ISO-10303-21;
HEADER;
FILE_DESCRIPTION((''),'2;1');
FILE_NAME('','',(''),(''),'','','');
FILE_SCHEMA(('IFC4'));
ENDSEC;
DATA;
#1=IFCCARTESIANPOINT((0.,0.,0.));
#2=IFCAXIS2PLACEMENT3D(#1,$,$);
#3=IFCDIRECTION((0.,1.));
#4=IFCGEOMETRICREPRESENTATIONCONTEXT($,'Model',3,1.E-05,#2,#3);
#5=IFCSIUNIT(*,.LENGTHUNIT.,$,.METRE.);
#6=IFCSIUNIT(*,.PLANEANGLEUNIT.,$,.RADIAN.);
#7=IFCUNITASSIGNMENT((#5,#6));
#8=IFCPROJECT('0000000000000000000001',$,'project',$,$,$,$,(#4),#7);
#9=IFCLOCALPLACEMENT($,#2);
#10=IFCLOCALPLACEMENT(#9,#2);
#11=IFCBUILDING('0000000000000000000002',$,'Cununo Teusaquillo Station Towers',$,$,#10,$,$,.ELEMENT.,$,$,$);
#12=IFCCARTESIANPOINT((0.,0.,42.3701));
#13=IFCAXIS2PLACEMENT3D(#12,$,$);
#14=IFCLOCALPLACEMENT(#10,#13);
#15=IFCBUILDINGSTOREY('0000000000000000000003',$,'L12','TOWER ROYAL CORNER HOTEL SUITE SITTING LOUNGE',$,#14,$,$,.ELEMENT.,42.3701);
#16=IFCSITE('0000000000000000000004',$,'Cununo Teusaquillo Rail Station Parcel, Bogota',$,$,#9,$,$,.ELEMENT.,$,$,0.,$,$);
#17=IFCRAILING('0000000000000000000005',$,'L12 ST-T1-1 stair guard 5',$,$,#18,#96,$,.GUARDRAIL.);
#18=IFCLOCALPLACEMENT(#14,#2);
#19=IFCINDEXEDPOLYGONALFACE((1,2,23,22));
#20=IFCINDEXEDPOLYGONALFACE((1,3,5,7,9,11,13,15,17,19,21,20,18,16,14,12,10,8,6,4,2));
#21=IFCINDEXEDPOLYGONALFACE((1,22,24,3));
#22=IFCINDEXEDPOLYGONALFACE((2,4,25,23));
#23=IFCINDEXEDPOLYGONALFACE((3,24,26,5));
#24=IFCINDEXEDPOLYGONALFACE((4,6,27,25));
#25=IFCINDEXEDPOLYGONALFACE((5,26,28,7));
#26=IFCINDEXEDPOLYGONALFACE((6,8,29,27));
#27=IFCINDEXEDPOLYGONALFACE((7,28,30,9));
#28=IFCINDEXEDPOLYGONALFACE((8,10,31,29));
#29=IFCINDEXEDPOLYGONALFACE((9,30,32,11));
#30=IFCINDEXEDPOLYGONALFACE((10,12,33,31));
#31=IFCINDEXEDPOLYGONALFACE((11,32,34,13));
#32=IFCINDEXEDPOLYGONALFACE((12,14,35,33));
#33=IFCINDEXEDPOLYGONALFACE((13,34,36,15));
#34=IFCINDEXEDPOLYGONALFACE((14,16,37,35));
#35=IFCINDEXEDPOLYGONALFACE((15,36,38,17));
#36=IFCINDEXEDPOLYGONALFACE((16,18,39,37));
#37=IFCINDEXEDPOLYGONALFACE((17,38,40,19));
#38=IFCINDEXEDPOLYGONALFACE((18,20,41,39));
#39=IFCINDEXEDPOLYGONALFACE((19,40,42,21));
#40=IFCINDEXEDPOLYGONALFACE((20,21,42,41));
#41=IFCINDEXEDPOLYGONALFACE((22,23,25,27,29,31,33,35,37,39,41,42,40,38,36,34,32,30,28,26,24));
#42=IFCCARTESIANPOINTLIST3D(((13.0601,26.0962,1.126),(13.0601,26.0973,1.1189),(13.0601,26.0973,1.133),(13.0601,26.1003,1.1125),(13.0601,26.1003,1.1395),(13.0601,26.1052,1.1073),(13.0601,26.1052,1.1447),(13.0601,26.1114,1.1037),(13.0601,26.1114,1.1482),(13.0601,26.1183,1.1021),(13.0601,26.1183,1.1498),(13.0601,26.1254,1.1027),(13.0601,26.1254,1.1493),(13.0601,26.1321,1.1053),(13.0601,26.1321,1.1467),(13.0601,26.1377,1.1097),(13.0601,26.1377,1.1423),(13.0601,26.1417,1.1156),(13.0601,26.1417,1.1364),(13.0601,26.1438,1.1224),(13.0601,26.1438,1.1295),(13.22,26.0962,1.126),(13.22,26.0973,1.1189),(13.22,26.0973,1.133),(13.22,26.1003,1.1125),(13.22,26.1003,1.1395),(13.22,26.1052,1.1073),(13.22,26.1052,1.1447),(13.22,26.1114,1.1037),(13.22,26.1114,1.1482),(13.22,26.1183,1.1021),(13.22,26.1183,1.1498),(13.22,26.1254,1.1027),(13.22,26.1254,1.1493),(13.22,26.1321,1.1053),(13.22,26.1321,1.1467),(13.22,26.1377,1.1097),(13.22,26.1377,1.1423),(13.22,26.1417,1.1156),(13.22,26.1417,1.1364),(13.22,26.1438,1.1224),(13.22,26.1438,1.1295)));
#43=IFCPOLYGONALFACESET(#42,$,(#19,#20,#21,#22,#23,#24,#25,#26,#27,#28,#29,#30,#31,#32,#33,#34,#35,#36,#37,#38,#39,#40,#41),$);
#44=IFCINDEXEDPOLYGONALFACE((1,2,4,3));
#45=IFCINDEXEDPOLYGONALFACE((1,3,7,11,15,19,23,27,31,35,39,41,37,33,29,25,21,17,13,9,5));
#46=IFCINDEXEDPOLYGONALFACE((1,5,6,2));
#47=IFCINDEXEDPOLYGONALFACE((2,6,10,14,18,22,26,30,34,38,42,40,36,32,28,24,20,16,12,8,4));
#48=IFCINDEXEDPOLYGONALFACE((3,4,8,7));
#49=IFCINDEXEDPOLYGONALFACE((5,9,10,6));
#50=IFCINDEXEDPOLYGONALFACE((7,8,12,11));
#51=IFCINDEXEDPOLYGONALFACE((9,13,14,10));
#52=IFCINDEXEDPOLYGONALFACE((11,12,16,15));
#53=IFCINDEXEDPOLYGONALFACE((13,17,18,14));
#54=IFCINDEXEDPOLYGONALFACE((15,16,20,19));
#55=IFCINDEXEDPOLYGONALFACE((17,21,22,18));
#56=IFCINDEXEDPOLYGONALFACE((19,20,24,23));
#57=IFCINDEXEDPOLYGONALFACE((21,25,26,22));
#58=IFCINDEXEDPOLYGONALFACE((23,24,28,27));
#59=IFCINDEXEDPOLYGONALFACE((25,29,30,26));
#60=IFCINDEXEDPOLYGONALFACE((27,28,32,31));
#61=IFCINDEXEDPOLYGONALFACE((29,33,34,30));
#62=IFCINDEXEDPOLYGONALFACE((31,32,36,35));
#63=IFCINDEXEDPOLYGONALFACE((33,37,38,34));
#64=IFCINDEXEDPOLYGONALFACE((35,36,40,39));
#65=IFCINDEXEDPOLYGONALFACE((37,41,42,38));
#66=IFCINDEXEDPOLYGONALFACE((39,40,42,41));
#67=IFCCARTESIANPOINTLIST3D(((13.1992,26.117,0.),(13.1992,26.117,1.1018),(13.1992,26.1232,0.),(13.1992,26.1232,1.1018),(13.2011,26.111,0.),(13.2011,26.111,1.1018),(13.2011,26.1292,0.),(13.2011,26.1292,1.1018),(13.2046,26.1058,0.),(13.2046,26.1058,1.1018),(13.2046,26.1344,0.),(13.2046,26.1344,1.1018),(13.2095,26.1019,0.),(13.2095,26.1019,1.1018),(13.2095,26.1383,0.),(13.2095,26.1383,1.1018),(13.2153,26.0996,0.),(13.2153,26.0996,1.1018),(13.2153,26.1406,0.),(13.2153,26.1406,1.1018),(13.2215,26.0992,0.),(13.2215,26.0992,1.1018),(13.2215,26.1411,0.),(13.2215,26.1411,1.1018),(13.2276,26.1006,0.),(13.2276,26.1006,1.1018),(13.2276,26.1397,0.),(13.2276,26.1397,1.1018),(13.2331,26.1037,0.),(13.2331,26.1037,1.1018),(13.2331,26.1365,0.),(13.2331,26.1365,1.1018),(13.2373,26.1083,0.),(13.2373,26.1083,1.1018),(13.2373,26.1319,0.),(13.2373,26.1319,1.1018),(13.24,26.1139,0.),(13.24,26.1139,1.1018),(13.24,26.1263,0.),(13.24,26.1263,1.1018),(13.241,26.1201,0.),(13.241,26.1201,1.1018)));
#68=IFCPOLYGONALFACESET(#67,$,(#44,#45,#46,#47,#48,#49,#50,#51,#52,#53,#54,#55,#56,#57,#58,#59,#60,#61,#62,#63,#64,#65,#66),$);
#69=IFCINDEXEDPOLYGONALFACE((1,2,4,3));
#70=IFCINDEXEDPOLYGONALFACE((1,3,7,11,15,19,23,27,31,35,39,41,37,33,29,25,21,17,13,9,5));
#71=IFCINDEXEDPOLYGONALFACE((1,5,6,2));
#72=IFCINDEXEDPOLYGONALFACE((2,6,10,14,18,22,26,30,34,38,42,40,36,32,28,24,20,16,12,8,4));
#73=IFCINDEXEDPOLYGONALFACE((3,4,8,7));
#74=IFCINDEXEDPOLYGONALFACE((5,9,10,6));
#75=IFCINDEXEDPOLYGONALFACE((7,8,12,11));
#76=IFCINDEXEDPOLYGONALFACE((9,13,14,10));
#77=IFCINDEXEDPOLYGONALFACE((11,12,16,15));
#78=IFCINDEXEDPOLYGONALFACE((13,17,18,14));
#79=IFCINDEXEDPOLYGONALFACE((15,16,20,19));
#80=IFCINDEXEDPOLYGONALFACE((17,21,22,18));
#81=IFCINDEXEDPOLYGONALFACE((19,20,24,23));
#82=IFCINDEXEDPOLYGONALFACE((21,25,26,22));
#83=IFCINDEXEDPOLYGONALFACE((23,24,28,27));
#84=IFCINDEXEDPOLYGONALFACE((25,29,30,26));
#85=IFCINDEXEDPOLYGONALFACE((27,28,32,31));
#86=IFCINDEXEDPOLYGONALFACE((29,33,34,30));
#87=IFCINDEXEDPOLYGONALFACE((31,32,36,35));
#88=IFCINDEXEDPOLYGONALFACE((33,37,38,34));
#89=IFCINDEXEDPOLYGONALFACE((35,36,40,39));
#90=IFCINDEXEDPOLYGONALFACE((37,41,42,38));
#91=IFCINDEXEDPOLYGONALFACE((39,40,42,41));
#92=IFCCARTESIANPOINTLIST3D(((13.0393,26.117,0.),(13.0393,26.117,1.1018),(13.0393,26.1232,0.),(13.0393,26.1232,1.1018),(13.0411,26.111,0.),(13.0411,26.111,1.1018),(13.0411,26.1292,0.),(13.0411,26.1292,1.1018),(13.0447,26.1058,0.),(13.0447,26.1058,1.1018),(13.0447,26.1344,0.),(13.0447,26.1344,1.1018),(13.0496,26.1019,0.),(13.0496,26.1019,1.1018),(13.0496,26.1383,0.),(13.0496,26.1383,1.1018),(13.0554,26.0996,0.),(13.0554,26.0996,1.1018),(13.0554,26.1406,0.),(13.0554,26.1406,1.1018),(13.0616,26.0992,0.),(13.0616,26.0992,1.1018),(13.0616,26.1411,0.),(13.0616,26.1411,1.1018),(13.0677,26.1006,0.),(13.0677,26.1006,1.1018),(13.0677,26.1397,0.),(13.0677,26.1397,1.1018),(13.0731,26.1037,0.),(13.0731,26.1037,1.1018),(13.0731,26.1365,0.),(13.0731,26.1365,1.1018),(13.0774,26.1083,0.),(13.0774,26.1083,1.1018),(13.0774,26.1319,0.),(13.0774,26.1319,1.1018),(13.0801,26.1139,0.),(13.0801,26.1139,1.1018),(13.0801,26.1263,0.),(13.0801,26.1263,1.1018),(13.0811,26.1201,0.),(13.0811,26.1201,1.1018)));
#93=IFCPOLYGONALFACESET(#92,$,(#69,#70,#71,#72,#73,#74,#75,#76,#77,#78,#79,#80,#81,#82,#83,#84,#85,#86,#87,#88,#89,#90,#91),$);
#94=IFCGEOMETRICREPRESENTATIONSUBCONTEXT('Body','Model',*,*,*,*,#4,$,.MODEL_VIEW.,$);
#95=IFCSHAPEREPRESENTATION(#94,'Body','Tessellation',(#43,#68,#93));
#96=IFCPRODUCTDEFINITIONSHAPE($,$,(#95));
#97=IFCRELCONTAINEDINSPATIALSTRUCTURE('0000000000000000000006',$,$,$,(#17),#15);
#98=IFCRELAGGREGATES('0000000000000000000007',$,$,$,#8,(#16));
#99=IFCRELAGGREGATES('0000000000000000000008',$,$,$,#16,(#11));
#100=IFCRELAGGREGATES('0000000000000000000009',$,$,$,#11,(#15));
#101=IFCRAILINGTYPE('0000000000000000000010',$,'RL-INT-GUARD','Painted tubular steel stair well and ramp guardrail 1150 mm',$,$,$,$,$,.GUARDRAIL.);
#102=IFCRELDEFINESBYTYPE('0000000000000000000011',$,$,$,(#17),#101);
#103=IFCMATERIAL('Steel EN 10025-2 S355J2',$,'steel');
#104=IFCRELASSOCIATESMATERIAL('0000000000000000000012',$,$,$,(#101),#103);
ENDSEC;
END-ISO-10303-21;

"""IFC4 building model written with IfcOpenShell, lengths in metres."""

from ifc_helpers import new_model, si_unit, direction, frame, origin, origin_2d, place, context, subcontext, project, spatial, circle, extrude, material, type_object, element, save


model = new_model("IFC4")

# Units and contexts
model_context = context("Model", 3, precision=1e-05, world=origin(), true_north=direction((0.0, 1.0)))
body_context = subcontext(model_context, "Body", "Model", "MODEL_VIEW")
ifc_project = project(units=[si_unit("LENGTHUNIT", "METRE"), si_unit("PLANEANGLEUNIT", "RADIAN")], contexts=[model_context])

# Site, building, storey
site_placement = place(None, origin())
site = spatial("IfcSite", under=ifc_project, at=site_placement, Name="Cununo Teusaquillo Rail Station Parcel, Bogota", CompositionType="ELEMENT", RefElevation=0.0)
building_placement = place(site_placement, origin())
building = spatial("IfcBuilding", under=site, at=building_placement, Name="Cununo Teusaquillo Station Towers", CompositionType="ELEMENT")
storey_placement = place(building_placement, frame((0.0, 0.0, 42.3701)))
storey = spatial("IfcBuildingStorey", under=building, at=storey_placement, Name="L12", Description="TOWER ROYAL CORNER HOTEL SUITE SITTING LOUNGE", CompositionType="ELEMENT", Elevation=42.3701)

# Railing
ifc_material_1 = material(Name="Steel EN 10025-2 S355J2", Category="steel")
railing_type_1 = type_object("IfcRailingType", Name="RL-INT-GUARD", Description="Painted tubular steel stair well and ramp guardrail 1150 mm", PredefinedType="GUARDRAIL", material=ifc_material_1)
railing_1_placement = place(storey_placement, frame((13.22, 26.1201, 0.0)))
element("IfcRailing", 1, at=railing_1_placement, inside=storey, type_object=railing_type_1, Name="L12 ST-T1-1 stair guard 5", PredefinedType="GUARDRAIL", context=body_context, shape_type="SweptSolid", body=[
    extrude(circle(Radius=0.0239, at=origin_2d()), frame((0.0, 0.0, 1.126), z_axis=(-1.0, 0.0, 0.0), x_axis=(0.0, -1.0, 0.0)), (0.0, 0.0, 1.0), 0.1599),
    extrude(circle(Radius=0.021, at=origin_2d()), origin(), (0.0, 0.0, 1.0), 1.1018),
    extrude(circle(Radius=0.021, at=origin_2d()), frame((-0.1599, 0.0, 0.0)), (0.0, 0.0, 1.0), 1.1018),
])

save(model, "model.ifc")
